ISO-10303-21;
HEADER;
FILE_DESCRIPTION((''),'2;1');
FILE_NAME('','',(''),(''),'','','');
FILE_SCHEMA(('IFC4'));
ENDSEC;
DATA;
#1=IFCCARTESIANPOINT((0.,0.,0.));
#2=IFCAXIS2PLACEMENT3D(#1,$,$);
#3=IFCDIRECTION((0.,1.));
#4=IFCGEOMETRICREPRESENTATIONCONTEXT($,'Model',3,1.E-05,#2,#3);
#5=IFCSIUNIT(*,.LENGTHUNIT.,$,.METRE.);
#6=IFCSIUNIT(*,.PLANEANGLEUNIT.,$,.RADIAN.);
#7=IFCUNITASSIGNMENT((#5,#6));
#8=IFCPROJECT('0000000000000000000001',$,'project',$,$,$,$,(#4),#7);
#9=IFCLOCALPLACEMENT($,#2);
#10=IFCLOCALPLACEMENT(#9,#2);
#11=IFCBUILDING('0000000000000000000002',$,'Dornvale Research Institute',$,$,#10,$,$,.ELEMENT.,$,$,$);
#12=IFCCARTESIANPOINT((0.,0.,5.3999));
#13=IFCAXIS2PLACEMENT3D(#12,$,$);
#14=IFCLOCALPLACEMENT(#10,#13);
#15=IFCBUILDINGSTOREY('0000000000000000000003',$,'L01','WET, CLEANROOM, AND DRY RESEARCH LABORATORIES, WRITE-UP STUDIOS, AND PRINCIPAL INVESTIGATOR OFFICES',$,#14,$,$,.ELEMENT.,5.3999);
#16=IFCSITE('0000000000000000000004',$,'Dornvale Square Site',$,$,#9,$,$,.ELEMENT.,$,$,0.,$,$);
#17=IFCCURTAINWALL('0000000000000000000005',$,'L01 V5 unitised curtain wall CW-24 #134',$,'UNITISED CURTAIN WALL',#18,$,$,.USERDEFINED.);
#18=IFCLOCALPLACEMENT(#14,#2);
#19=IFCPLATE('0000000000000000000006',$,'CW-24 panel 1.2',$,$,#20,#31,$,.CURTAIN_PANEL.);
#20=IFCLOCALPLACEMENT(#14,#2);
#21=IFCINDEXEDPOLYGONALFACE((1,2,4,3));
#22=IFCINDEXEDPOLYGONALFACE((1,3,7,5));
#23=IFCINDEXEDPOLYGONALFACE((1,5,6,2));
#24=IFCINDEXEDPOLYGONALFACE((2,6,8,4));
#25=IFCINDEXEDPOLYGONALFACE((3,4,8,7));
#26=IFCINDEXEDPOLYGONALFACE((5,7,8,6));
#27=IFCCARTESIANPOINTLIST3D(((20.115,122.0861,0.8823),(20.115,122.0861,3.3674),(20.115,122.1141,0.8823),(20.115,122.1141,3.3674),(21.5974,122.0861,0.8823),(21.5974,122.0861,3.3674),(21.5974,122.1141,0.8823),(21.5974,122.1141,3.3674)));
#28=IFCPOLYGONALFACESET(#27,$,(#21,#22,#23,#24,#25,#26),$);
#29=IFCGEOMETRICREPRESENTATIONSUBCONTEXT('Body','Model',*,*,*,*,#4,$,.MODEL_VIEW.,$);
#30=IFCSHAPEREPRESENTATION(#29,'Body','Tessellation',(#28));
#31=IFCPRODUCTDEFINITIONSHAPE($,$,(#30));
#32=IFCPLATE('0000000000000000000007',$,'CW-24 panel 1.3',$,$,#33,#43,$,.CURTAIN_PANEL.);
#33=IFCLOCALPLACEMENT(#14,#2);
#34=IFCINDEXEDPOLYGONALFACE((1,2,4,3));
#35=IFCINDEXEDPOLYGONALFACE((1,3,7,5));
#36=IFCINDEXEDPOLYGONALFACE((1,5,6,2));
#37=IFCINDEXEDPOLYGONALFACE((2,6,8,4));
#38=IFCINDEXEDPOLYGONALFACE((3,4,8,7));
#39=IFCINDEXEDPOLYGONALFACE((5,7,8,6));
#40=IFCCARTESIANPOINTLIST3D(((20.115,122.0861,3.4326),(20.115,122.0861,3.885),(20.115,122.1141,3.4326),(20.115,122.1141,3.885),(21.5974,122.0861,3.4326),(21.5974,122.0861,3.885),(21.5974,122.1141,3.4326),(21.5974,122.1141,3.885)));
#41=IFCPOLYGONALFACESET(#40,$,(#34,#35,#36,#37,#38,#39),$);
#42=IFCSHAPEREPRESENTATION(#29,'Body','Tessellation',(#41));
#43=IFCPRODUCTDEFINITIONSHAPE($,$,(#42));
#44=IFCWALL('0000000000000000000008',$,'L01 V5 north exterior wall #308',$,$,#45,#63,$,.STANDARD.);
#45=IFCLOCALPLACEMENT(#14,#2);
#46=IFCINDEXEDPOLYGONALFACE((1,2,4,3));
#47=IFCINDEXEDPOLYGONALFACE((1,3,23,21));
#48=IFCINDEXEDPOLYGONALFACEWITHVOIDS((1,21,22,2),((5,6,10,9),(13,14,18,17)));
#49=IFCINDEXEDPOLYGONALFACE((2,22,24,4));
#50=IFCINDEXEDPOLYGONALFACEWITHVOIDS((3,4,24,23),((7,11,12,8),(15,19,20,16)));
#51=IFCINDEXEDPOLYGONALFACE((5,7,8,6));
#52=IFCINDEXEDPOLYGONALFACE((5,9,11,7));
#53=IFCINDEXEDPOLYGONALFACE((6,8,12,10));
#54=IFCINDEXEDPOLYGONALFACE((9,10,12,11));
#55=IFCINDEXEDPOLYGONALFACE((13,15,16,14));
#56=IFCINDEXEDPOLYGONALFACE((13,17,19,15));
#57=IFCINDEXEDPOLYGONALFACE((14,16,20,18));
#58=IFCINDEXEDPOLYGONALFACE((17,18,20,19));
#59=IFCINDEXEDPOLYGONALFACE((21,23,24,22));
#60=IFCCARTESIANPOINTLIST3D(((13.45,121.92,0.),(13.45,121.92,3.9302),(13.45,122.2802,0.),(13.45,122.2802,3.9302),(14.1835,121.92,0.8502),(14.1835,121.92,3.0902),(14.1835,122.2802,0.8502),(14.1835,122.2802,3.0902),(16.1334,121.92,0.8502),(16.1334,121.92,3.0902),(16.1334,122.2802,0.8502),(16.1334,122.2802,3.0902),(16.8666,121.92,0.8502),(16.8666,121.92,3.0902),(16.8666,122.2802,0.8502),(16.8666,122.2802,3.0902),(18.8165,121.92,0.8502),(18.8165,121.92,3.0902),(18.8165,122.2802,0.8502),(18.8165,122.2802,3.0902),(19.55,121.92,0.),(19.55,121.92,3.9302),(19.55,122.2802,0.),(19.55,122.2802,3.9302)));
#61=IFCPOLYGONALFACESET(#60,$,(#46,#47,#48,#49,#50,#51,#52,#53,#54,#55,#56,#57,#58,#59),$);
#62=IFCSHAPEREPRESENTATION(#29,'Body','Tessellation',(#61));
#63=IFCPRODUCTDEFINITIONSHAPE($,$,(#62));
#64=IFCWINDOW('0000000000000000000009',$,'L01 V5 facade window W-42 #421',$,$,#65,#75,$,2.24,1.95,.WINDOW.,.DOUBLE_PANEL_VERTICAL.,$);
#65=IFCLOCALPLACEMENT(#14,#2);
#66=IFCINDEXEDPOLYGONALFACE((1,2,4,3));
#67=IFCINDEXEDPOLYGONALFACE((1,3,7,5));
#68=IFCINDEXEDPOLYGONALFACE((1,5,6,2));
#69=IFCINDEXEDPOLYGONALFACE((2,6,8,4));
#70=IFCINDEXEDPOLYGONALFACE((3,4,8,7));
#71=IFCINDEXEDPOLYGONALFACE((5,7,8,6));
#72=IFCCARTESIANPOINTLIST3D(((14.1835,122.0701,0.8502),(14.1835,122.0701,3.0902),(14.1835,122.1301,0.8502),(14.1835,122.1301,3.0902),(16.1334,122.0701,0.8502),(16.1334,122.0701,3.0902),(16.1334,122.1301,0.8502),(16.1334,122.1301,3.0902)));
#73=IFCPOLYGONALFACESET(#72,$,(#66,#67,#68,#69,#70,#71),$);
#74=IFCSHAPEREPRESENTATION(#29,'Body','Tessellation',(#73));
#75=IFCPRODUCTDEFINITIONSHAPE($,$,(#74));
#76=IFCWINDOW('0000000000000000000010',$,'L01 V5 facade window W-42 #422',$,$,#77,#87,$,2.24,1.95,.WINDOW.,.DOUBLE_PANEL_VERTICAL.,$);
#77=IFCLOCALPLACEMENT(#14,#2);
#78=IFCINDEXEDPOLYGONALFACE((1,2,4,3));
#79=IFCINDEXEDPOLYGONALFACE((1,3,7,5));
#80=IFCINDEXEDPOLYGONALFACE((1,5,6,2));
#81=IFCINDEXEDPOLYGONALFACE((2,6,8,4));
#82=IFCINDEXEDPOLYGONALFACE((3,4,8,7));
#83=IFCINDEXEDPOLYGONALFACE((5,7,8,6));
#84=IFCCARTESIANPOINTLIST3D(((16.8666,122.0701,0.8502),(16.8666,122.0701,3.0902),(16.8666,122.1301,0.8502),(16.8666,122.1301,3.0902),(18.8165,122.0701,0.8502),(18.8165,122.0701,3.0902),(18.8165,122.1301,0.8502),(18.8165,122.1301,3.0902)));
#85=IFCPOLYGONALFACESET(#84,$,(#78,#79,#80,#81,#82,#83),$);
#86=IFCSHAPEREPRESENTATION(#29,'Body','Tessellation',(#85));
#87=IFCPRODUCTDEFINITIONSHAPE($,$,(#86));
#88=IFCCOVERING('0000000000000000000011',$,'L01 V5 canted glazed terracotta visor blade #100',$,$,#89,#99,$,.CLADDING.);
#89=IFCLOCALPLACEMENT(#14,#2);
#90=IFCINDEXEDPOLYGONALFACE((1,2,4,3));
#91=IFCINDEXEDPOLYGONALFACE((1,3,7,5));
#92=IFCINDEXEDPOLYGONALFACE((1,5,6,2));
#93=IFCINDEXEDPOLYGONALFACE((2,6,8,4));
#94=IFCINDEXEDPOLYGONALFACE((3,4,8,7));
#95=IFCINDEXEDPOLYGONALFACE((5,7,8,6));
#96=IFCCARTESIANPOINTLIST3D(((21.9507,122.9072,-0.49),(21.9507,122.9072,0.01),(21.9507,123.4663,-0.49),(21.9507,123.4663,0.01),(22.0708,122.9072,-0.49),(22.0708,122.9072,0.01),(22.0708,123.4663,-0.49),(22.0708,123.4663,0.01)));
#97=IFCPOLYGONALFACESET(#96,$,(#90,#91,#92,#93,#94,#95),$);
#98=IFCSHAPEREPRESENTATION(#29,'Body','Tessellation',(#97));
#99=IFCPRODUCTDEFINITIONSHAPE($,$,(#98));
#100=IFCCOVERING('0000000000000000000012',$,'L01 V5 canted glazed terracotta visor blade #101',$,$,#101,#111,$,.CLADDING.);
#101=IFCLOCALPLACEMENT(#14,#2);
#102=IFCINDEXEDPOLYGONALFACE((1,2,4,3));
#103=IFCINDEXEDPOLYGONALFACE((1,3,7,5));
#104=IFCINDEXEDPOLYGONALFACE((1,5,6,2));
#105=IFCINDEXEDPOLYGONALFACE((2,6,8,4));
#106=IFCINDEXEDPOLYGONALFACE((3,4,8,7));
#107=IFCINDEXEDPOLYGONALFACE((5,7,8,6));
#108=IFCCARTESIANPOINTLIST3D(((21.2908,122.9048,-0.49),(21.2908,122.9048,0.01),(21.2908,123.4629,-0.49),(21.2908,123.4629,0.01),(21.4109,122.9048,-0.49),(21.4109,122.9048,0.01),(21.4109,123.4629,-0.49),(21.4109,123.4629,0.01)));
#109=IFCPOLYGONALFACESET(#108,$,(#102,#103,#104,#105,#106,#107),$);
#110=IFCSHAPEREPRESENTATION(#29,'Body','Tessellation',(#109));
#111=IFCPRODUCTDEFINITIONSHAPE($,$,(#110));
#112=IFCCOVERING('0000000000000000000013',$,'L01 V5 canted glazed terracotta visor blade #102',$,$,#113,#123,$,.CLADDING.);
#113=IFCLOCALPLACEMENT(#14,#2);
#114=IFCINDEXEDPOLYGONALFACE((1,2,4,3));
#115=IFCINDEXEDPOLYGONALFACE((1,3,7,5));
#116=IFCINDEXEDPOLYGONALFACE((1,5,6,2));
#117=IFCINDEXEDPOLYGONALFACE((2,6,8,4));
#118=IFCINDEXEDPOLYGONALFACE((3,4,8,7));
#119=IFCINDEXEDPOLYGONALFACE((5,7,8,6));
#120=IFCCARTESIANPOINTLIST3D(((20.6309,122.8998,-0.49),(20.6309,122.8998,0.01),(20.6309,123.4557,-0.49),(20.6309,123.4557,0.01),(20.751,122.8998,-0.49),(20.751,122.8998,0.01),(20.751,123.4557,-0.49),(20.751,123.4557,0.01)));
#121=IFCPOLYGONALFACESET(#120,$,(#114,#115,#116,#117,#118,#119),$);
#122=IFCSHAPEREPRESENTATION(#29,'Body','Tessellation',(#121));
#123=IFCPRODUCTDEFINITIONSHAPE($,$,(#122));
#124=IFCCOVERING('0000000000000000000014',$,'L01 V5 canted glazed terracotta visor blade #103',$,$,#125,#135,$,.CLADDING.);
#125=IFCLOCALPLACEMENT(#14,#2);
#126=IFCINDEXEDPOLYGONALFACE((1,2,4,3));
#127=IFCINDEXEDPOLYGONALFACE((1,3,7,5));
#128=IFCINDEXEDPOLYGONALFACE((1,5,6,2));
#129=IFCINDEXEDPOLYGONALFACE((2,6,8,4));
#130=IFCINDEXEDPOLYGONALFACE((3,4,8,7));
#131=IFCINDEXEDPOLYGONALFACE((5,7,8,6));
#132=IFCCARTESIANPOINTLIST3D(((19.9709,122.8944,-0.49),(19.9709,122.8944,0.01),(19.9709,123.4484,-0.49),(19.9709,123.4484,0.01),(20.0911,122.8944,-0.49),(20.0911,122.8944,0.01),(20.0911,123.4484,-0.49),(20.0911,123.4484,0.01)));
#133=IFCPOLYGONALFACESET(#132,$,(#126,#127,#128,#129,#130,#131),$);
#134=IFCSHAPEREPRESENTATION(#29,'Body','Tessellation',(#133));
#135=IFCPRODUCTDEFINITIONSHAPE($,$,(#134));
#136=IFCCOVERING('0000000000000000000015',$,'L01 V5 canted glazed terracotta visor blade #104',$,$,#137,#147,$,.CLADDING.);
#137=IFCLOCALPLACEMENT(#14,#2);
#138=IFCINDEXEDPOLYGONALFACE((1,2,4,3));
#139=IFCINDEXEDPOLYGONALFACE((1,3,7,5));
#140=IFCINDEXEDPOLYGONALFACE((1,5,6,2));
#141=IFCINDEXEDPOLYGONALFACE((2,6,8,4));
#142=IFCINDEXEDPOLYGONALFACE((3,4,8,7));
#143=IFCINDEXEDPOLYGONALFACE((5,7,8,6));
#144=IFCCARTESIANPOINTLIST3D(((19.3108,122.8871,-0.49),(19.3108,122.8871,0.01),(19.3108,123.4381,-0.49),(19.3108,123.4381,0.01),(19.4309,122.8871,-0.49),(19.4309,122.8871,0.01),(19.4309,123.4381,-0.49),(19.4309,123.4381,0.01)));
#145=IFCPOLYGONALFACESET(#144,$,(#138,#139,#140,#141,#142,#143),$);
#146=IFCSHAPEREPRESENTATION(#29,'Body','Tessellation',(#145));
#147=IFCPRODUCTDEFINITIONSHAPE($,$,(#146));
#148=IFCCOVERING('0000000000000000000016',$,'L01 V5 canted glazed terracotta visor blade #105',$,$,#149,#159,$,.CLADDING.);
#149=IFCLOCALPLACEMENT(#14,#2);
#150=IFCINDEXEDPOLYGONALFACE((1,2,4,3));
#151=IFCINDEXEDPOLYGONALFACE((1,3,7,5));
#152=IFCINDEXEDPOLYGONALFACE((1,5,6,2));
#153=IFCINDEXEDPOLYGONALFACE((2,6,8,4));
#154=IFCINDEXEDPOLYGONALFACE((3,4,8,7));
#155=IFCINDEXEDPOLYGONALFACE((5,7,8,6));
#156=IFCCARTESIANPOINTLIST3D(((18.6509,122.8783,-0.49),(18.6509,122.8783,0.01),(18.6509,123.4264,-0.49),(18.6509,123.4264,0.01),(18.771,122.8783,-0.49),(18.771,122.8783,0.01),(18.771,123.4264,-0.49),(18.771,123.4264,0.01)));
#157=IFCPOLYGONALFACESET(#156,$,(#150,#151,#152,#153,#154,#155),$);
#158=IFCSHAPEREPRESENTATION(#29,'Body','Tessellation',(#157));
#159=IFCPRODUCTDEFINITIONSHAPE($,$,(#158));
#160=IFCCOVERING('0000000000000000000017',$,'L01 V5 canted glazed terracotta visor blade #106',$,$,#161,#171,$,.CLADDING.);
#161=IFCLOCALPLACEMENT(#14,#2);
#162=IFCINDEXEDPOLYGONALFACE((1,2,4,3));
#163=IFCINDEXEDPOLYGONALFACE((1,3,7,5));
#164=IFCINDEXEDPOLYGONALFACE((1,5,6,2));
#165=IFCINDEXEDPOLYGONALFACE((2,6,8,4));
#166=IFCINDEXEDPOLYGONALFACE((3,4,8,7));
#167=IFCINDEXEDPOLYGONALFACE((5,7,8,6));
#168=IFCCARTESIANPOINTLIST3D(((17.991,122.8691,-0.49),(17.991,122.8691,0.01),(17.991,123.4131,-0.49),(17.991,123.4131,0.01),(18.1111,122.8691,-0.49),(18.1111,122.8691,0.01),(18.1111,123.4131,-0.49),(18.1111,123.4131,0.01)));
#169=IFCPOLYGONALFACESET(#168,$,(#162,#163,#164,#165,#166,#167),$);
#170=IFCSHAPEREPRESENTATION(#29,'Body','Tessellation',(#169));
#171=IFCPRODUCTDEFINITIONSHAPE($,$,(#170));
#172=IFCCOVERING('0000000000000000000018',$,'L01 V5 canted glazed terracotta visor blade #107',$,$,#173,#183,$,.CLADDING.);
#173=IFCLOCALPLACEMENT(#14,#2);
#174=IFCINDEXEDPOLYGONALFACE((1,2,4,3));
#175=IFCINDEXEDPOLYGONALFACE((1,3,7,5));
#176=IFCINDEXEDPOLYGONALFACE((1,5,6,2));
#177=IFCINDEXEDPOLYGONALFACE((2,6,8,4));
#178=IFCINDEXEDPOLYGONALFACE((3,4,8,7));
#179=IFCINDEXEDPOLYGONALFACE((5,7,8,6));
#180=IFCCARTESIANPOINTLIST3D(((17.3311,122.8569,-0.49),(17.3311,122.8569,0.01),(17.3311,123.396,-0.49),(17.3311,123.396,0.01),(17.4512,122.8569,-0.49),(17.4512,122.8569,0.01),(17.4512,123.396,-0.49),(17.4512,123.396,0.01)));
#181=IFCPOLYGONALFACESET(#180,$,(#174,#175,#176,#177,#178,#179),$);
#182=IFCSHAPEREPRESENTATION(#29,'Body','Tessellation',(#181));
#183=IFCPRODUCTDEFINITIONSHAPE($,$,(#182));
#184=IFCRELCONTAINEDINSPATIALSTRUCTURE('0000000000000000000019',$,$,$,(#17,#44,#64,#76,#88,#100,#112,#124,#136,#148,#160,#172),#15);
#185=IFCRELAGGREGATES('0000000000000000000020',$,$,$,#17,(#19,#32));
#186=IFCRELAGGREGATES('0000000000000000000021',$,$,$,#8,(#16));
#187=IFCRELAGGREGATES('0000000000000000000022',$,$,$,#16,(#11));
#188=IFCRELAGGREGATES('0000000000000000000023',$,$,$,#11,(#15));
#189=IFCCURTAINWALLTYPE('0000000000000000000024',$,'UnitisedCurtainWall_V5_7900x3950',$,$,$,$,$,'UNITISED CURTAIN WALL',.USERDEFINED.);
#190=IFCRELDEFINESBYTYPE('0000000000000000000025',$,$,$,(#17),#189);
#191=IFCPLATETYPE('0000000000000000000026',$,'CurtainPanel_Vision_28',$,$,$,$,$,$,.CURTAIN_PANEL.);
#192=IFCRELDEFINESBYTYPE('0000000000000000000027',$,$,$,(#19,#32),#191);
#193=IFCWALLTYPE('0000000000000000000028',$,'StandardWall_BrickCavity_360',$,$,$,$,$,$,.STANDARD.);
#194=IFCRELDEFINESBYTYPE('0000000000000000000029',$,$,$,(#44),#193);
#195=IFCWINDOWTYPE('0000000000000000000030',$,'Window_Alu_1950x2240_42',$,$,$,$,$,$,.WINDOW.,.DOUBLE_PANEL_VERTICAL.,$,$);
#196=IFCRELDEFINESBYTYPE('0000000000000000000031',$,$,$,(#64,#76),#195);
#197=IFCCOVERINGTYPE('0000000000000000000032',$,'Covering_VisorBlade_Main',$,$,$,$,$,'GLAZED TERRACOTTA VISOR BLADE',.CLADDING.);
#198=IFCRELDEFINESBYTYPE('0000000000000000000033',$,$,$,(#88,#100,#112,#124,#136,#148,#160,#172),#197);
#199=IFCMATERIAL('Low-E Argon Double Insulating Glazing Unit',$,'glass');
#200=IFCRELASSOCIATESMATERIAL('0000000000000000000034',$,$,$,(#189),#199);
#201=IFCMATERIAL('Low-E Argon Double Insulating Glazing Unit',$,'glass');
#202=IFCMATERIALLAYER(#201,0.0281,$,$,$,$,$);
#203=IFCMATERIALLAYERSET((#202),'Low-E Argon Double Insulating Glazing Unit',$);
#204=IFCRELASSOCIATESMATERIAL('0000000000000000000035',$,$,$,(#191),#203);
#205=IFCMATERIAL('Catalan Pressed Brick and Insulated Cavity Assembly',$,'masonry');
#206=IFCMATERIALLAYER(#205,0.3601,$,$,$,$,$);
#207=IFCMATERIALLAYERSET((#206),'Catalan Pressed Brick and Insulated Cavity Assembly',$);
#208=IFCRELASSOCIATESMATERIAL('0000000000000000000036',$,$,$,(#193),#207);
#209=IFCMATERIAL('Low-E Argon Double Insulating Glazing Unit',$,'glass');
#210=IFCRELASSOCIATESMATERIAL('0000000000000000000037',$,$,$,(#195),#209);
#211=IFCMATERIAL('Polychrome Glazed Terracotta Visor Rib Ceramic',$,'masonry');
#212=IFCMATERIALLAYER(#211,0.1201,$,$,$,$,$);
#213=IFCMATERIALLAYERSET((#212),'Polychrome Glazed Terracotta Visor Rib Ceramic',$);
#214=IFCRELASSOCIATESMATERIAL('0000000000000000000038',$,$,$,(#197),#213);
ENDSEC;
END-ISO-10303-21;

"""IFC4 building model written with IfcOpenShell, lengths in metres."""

from ifc_helpers import new_model, si_unit, direction, frame, frame_2d, origin, origin_2d, place, context, subcontext, project, spatial, rectangle, extrude, material, layer, layer_set, type_object, element, fill, aggregate, save


model = new_model("IFC4")

# Units and contexts
model_context = context("Model", 3, precision=1e-05, world=origin(), true_north=direction((0.0, 1.0)))
body_context = subcontext(model_context, "Body", "Model", "MODEL_VIEW")
ifc_project = project(units=[si_unit("LENGTHUNIT", "METRE"), si_unit("PLANEANGLEUNIT", "RADIAN")], contexts=[model_context])

# Site, building, storey
site_placement = place(None, origin())
site = spatial("IfcSite", under=ifc_project, at=site_placement, Name="Dornvale Square Site", CompositionType="ELEMENT", RefElevation=0.0)
building_placement = place(site_placement, origin())
building = spatial("IfcBuilding", under=site, at=building_placement, Name="Dornvale Research Institute", CompositionType="ELEMENT")
storey_placement = place(building_placement, frame((0.0, 0.0, 5.3999)))
storey = spatial("IfcBuildingStorey", under=building, at=storey_placement, Name="L01", Description="WET, CLEANROOM, AND DRY RESEARCH LABORATORIES, WRITE-UP STUDIOS, AND PRINCIPAL INVESTIGATOR OFFICES", CompositionType="ELEMENT", Elevation=5.3999)

# Curtain wall
ifc_material_1 = material(Name="Low-E Argon Double Insulating Glazing Unit", Category="glass")
curtain_wall_type = type_object("IfcCurtainWallType", Name="UnitisedCurtainWall_V5_7900x3950", ElementType="UNITISED CURTAIN WALL", PredefinedType="USERDEFINED", material=ifc_material_1)
curtain_wall_placement = place(storey_placement, origin())
curtain_wall = element("IfcCurtainWall", 1, at=curtain_wall_placement, inside=storey, type_object=curtain_wall_type, Name="L01 V5 unitised curtain wall CW-24 #134", ObjectType="UNITISED CURTAIN WALL", PredefinedType="USERDEFINED")

# Plates
ifc_material_2 = material(Name="Low-E Argon Double Insulating Glazing Unit", Category="glass")
ifc_layer_1 = layer(ifc_material_2, 0.0281)
ifc_layer_set_1 = layer_set([ifc_layer_1], Name="Low-E Argon Double Insulating Glazing Unit")
plate_type_1 = type_object("IfcPlateType", Name="CurtainPanel_Vision_28", PredefinedType="CURTAIN_PANEL", material=ifc_layer_set_1)
plate_1_placement = place(storey_placement, frame((20.8562, 122.1001, 0.8823), z_axis=(0.0, 0.0, 1.0), x_axis=(1.0, 0.0, 0.0)))
plate_1 = element("IfcPlate", 2, at=plate_1_placement, type_object=plate_type_1, Name="CW-24 panel 1.2", PredefinedType="CURTAIN_PANEL", context=body_context, shape_type="SweptSolid", body=[
    extrude(rectangle(XDim=1.4824, YDim=0.0281, at=origin_2d()), origin(), (0.0, 0.0, 1.0), 2.4851),
])
plate_2_placement = place(storey_placement, frame((20.8562, 122.1001, 3.4326), z_axis=(0.0, 0.0, 1.0), x_axis=(1.0, 0.0, 0.0)))
plate_2 = element("IfcPlate", 3, at=plate_2_placement, type_object=plate_type_1, Name="CW-24 panel 1.3", PredefinedType="CURTAIN_PANEL", context=body_context, shape_type="SweptSolid", body=[
    extrude(rectangle(XDim=1.4824, YDim=0.0281, at=origin_2d()), origin(), (0.0, 0.0, 1.0), 0.4524),
])
aggregate(curtain_wall, [plate_1, plate_2])

# Wall, openings, windows
ifc_material_3 = material(Name="Catalan Pressed Brick and Insulated Cavity Assembly", Category="masonry")
ifc_layer_2 = layer(ifc_material_3, 0.3601)
ifc_layer_set_2 = layer_set([ifc_layer_2], Name="Catalan Pressed Brick and Insulated Cavity Assembly")
wall_type = type_object("IfcWallType", Name="StandardWall_BrickCavity_360", PredefinedType="STANDARD", material=ifc_layer_set_2)
wall_placement = place(storey_placement, frame((13.45, 122.1001, 0.0), z_axis=(0.0, 0.0, 1.0), x_axis=(1.0, 0.0, 0.0)))
wall = element("IfcWall", 4, at=wall_placement, inside=storey, type_object=wall_type, Name="L01 V5 north exterior wall #308", PredefinedType="STANDARD", context=body_context, shape_type="SweptSolid", body=[
    extrude(rectangle(XDim=6.1001, YDim=0.3601, at=frame_2d((3.05, 0.0))), origin(), (0.0, 0.0, 1.0), 3.9302),
])
opening_1_placement = place(wall_placement, frame((0.7334, 0.0, 0.8501)))
opening_1 = element("IfcOpeningElement", 5, at=opening_1_placement, cuts=wall, PredefinedType="OPENING", context=body_context, shape_type="SweptSolid", body=[
    extrude(rectangle(XDim=1.95, YDim=2.24, at=frame_2d((0.9751, 1.1201))), frame((0.0, 0.1951, 0.0), z_axis=(0.0, -1.0, 0.0), x_axis=(1.0, 0.0, 0.0)), (0.0, 0.0, 1.0), 0.3901),
])
opening_2_placement = place(wall_placement, frame((3.4165, 0.0, 0.8501)))
opening_2 = element("IfcOpeningElement", 6, at=opening_2_placement, cuts=wall, PredefinedType="OPENING", context=body_context, shape_type="SweptSolid", body=[
    extrude(rectangle(XDim=1.95, YDim=2.24, at=frame_2d((0.9751, 1.1201))), frame((0.0, 0.1951, 0.0), z_axis=(0.0, -1.0, 0.0), x_axis=(1.0, 0.0, 0.0)), (0.0, 0.0, 1.0), 0.3901),
])
ifc_material_4 = material(Name="Low-E Argon Double Insulating Glazing Unit", Category="glass")
window_type = type_object("IfcWindowType", Name="Window_Alu_1950x2240_42", PartitioningType="DOUBLE_PANEL_VERTICAL", PredefinedType="WINDOW", material=ifc_material_4)
window_1_placement = place(opening_1_placement, origin())
window_1 = element("IfcWindow", 7, at=window_1_placement, inside=storey, type_object=window_type, Name="L01 V5 facade window W-42 #421", OverallHeight=2.24, OverallWidth=1.95, PartitioningType="DOUBLE_PANEL_VERTICAL", PredefinedType="WINDOW", context=body_context, shape_type="SweptSolid", body=[
    extrude(rectangle(XDim=1.95, YDim=2.24, at=frame_2d((0.9751, 1.1201))), frame((0.0, 0.03, 0.0), z_axis=(0.0, -1.0, 0.0), x_axis=(1.0, 0.0, 0.0)), (0.0, 0.0, 1.0), 0.0601),
])
fill(opening_1, window_1)
window_2_placement = place(opening_2_placement, origin())
window_2 = element("IfcWindow", 8, at=window_2_placement, inside=storey, type_object=window_type, Name="L01 V5 facade window W-42 #422", OverallHeight=2.24, OverallWidth=1.95, PartitioningType="DOUBLE_PANEL_VERTICAL", PredefinedType="WINDOW", context=body_context, shape_type="SweptSolid", body=[
    extrude(rectangle(XDim=1.95, YDim=2.24, at=frame_2d((0.9751, 1.1201))), frame((0.0, 0.03, 0.0), z_axis=(0.0, -1.0, 0.0), x_axis=(1.0, 0.0, 0.0)), (0.0, 0.0, 1.0), 0.0601),
])
fill(opening_2, window_2)

# Coverings
ifc_material_5 = material(Name="Polychrome Glazed Terracotta Visor Rib Ceramic", Category="masonry")
ifc_layer_3 = layer(ifc_material_5, 0.1201)
ifc_layer_set_3 = layer_set([ifc_layer_3], Name="Polychrome Glazed Terracotta Visor Rib Ceramic")
covering_type = type_object("IfcCoveringType", Name="Covering_VisorBlade_Main", ElementType="GLAZED TERRACOTTA VISOR BLADE", PredefinedType="CLADDING", material=ifc_layer_set_3)
covering_1_placement = place(storey_placement, frame((22.0107, 123.1868, -0.49), z_axis=(0.0, 0.0, 1.0), x_axis=(0.0, 1.0, 0.0)))
element("IfcCovering", 9, at=covering_1_placement, inside=storey, type_object=covering_type, Name="L01 V5 canted glazed terracotta visor blade #100", PredefinedType="CLADDING", context=body_context, shape_type="SweptSolid", body=[
    extrude(rectangle(XDim=0.5591, YDim=0.1201, at=origin_2d()), origin(), (0.0, 0.0, 1.0), 0.5),
])
covering_2_placement = place(storey_placement, frame((21.3508, 123.1838, -0.49), z_axis=(0.0, 0.0, 1.0), x_axis=(0.0, 1.0, 0.0)))
element("IfcCovering", 10, at=covering_2_placement, inside=storey, type_object=covering_type, Name="L01 V5 canted glazed terracotta visor blade #101", PredefinedType="CLADDING", context=body_context, shape_type="SweptSolid", body=[
    extrude(rectangle(XDim=0.5581, YDim=0.1201, at=origin_2d()), origin(), (0.0, 0.0, 1.0), 0.5),
])
covering_3_placement = place(storey_placement, frame((20.6909, 123.1777, -0.49), z_axis=(0.0, 0.0, 1.0), x_axis=(0.0, 1.0, 0.0)))
element("IfcCovering", 11, at=covering_3_placement, inside=storey, type_object=covering_type, Name="L01 V5 canted glazed terracotta visor blade #102", PredefinedType="CLADDING", context=body_context, shape_type="SweptSolid", body=[
    extrude(rectangle(XDim=0.5559, YDim=0.1201, at=origin_2d()), origin(), (0.0, 0.0, 1.0), 0.5),
])
covering_4_placement = place(storey_placement, frame((20.031, 123.1714, -0.49), z_axis=(0.0, 0.0, 1.0), x_axis=(0.0, 1.0, 0.0)))
element("IfcCovering", 12, at=covering_4_placement, inside=storey, type_object=covering_type, Name="L01 V5 canted glazed terracotta visor blade #103", PredefinedType="CLADDING", context=body_context, shape_type="SweptSolid", body=[
    extrude(rectangle(XDim=0.554, YDim=0.1201, at=origin_2d()), origin(), (0.0, 0.0, 1.0), 0.5),
])
covering_5_placement = place(storey_placement, frame((19.3708, 123.1626, -0.49), z_axis=(0.0, 0.0, 1.0), x_axis=(0.0, 1.0, 0.0)))
element("IfcCovering", 13, at=covering_5_placement, inside=storey, type_object=covering_type, Name="L01 V5 canted glazed terracotta visor blade #104", PredefinedType="CLADDING", context=body_context, shape_type="SweptSolid", body=[
    extrude(rectangle(XDim=0.551, YDim=0.1201, at=origin_2d()), origin(), (0.0, 0.0, 1.0), 0.5),
])
covering_6_placement = place(storey_placement, frame((18.7109, 123.1523, -0.49), z_axis=(0.0, 0.0, 1.0), x_axis=(0.0, 1.0, 0.0)))
element("IfcCovering", 14, at=covering_6_placement, inside=storey, type_object=covering_type, Name="L01 V5 canted glazed terracotta visor blade #105", PredefinedType="CLADDING", context=body_context, shape_type="SweptSolid", body=[
    extrude(rectangle(XDim=0.5481, YDim=0.1201, at=origin_2d()), origin(), (0.0, 0.0, 1.0), 0.5),
])
covering_7_placement = place(storey_placement, frame((18.051, 123.1411, -0.49), z_axis=(0.0, 0.0, 1.0), x_axis=(0.0, 1.0, 0.0)))
element("IfcCovering", 15, at=covering_7_placement, inside=storey, type_object=covering_type, Name="L01 V5 canted glazed terracotta visor blade #106", PredefinedType="CLADDING", context=body_context, shape_type="SweptSolid", body=[
    extrude(rectangle(XDim=0.5439, YDim=0.1201, at=origin_2d()), origin(), (0.0, 0.0, 1.0), 0.5),
])
covering_8_placement = place(storey_placement, frame((17.3911, 123.1265, -0.49), z_axis=(0.0, 0.0, 1.0), x_axis=(0.0, 1.0, 0.0)))
element("IfcCovering", 16, at=covering_8_placement, inside=storey, type_object=covering_type, Name="L01 V5 canted glazed terracotta visor blade #107", PredefinedType="CLADDING", context=body_context, shape_type="SweptSolid", body=[
    extrude(rectangle(XDim=0.5391, YDim=0.1201, at=origin_2d()), origin(), (0.0, 0.0, 1.0), 0.5),
])

save(model, "model.ifc")
